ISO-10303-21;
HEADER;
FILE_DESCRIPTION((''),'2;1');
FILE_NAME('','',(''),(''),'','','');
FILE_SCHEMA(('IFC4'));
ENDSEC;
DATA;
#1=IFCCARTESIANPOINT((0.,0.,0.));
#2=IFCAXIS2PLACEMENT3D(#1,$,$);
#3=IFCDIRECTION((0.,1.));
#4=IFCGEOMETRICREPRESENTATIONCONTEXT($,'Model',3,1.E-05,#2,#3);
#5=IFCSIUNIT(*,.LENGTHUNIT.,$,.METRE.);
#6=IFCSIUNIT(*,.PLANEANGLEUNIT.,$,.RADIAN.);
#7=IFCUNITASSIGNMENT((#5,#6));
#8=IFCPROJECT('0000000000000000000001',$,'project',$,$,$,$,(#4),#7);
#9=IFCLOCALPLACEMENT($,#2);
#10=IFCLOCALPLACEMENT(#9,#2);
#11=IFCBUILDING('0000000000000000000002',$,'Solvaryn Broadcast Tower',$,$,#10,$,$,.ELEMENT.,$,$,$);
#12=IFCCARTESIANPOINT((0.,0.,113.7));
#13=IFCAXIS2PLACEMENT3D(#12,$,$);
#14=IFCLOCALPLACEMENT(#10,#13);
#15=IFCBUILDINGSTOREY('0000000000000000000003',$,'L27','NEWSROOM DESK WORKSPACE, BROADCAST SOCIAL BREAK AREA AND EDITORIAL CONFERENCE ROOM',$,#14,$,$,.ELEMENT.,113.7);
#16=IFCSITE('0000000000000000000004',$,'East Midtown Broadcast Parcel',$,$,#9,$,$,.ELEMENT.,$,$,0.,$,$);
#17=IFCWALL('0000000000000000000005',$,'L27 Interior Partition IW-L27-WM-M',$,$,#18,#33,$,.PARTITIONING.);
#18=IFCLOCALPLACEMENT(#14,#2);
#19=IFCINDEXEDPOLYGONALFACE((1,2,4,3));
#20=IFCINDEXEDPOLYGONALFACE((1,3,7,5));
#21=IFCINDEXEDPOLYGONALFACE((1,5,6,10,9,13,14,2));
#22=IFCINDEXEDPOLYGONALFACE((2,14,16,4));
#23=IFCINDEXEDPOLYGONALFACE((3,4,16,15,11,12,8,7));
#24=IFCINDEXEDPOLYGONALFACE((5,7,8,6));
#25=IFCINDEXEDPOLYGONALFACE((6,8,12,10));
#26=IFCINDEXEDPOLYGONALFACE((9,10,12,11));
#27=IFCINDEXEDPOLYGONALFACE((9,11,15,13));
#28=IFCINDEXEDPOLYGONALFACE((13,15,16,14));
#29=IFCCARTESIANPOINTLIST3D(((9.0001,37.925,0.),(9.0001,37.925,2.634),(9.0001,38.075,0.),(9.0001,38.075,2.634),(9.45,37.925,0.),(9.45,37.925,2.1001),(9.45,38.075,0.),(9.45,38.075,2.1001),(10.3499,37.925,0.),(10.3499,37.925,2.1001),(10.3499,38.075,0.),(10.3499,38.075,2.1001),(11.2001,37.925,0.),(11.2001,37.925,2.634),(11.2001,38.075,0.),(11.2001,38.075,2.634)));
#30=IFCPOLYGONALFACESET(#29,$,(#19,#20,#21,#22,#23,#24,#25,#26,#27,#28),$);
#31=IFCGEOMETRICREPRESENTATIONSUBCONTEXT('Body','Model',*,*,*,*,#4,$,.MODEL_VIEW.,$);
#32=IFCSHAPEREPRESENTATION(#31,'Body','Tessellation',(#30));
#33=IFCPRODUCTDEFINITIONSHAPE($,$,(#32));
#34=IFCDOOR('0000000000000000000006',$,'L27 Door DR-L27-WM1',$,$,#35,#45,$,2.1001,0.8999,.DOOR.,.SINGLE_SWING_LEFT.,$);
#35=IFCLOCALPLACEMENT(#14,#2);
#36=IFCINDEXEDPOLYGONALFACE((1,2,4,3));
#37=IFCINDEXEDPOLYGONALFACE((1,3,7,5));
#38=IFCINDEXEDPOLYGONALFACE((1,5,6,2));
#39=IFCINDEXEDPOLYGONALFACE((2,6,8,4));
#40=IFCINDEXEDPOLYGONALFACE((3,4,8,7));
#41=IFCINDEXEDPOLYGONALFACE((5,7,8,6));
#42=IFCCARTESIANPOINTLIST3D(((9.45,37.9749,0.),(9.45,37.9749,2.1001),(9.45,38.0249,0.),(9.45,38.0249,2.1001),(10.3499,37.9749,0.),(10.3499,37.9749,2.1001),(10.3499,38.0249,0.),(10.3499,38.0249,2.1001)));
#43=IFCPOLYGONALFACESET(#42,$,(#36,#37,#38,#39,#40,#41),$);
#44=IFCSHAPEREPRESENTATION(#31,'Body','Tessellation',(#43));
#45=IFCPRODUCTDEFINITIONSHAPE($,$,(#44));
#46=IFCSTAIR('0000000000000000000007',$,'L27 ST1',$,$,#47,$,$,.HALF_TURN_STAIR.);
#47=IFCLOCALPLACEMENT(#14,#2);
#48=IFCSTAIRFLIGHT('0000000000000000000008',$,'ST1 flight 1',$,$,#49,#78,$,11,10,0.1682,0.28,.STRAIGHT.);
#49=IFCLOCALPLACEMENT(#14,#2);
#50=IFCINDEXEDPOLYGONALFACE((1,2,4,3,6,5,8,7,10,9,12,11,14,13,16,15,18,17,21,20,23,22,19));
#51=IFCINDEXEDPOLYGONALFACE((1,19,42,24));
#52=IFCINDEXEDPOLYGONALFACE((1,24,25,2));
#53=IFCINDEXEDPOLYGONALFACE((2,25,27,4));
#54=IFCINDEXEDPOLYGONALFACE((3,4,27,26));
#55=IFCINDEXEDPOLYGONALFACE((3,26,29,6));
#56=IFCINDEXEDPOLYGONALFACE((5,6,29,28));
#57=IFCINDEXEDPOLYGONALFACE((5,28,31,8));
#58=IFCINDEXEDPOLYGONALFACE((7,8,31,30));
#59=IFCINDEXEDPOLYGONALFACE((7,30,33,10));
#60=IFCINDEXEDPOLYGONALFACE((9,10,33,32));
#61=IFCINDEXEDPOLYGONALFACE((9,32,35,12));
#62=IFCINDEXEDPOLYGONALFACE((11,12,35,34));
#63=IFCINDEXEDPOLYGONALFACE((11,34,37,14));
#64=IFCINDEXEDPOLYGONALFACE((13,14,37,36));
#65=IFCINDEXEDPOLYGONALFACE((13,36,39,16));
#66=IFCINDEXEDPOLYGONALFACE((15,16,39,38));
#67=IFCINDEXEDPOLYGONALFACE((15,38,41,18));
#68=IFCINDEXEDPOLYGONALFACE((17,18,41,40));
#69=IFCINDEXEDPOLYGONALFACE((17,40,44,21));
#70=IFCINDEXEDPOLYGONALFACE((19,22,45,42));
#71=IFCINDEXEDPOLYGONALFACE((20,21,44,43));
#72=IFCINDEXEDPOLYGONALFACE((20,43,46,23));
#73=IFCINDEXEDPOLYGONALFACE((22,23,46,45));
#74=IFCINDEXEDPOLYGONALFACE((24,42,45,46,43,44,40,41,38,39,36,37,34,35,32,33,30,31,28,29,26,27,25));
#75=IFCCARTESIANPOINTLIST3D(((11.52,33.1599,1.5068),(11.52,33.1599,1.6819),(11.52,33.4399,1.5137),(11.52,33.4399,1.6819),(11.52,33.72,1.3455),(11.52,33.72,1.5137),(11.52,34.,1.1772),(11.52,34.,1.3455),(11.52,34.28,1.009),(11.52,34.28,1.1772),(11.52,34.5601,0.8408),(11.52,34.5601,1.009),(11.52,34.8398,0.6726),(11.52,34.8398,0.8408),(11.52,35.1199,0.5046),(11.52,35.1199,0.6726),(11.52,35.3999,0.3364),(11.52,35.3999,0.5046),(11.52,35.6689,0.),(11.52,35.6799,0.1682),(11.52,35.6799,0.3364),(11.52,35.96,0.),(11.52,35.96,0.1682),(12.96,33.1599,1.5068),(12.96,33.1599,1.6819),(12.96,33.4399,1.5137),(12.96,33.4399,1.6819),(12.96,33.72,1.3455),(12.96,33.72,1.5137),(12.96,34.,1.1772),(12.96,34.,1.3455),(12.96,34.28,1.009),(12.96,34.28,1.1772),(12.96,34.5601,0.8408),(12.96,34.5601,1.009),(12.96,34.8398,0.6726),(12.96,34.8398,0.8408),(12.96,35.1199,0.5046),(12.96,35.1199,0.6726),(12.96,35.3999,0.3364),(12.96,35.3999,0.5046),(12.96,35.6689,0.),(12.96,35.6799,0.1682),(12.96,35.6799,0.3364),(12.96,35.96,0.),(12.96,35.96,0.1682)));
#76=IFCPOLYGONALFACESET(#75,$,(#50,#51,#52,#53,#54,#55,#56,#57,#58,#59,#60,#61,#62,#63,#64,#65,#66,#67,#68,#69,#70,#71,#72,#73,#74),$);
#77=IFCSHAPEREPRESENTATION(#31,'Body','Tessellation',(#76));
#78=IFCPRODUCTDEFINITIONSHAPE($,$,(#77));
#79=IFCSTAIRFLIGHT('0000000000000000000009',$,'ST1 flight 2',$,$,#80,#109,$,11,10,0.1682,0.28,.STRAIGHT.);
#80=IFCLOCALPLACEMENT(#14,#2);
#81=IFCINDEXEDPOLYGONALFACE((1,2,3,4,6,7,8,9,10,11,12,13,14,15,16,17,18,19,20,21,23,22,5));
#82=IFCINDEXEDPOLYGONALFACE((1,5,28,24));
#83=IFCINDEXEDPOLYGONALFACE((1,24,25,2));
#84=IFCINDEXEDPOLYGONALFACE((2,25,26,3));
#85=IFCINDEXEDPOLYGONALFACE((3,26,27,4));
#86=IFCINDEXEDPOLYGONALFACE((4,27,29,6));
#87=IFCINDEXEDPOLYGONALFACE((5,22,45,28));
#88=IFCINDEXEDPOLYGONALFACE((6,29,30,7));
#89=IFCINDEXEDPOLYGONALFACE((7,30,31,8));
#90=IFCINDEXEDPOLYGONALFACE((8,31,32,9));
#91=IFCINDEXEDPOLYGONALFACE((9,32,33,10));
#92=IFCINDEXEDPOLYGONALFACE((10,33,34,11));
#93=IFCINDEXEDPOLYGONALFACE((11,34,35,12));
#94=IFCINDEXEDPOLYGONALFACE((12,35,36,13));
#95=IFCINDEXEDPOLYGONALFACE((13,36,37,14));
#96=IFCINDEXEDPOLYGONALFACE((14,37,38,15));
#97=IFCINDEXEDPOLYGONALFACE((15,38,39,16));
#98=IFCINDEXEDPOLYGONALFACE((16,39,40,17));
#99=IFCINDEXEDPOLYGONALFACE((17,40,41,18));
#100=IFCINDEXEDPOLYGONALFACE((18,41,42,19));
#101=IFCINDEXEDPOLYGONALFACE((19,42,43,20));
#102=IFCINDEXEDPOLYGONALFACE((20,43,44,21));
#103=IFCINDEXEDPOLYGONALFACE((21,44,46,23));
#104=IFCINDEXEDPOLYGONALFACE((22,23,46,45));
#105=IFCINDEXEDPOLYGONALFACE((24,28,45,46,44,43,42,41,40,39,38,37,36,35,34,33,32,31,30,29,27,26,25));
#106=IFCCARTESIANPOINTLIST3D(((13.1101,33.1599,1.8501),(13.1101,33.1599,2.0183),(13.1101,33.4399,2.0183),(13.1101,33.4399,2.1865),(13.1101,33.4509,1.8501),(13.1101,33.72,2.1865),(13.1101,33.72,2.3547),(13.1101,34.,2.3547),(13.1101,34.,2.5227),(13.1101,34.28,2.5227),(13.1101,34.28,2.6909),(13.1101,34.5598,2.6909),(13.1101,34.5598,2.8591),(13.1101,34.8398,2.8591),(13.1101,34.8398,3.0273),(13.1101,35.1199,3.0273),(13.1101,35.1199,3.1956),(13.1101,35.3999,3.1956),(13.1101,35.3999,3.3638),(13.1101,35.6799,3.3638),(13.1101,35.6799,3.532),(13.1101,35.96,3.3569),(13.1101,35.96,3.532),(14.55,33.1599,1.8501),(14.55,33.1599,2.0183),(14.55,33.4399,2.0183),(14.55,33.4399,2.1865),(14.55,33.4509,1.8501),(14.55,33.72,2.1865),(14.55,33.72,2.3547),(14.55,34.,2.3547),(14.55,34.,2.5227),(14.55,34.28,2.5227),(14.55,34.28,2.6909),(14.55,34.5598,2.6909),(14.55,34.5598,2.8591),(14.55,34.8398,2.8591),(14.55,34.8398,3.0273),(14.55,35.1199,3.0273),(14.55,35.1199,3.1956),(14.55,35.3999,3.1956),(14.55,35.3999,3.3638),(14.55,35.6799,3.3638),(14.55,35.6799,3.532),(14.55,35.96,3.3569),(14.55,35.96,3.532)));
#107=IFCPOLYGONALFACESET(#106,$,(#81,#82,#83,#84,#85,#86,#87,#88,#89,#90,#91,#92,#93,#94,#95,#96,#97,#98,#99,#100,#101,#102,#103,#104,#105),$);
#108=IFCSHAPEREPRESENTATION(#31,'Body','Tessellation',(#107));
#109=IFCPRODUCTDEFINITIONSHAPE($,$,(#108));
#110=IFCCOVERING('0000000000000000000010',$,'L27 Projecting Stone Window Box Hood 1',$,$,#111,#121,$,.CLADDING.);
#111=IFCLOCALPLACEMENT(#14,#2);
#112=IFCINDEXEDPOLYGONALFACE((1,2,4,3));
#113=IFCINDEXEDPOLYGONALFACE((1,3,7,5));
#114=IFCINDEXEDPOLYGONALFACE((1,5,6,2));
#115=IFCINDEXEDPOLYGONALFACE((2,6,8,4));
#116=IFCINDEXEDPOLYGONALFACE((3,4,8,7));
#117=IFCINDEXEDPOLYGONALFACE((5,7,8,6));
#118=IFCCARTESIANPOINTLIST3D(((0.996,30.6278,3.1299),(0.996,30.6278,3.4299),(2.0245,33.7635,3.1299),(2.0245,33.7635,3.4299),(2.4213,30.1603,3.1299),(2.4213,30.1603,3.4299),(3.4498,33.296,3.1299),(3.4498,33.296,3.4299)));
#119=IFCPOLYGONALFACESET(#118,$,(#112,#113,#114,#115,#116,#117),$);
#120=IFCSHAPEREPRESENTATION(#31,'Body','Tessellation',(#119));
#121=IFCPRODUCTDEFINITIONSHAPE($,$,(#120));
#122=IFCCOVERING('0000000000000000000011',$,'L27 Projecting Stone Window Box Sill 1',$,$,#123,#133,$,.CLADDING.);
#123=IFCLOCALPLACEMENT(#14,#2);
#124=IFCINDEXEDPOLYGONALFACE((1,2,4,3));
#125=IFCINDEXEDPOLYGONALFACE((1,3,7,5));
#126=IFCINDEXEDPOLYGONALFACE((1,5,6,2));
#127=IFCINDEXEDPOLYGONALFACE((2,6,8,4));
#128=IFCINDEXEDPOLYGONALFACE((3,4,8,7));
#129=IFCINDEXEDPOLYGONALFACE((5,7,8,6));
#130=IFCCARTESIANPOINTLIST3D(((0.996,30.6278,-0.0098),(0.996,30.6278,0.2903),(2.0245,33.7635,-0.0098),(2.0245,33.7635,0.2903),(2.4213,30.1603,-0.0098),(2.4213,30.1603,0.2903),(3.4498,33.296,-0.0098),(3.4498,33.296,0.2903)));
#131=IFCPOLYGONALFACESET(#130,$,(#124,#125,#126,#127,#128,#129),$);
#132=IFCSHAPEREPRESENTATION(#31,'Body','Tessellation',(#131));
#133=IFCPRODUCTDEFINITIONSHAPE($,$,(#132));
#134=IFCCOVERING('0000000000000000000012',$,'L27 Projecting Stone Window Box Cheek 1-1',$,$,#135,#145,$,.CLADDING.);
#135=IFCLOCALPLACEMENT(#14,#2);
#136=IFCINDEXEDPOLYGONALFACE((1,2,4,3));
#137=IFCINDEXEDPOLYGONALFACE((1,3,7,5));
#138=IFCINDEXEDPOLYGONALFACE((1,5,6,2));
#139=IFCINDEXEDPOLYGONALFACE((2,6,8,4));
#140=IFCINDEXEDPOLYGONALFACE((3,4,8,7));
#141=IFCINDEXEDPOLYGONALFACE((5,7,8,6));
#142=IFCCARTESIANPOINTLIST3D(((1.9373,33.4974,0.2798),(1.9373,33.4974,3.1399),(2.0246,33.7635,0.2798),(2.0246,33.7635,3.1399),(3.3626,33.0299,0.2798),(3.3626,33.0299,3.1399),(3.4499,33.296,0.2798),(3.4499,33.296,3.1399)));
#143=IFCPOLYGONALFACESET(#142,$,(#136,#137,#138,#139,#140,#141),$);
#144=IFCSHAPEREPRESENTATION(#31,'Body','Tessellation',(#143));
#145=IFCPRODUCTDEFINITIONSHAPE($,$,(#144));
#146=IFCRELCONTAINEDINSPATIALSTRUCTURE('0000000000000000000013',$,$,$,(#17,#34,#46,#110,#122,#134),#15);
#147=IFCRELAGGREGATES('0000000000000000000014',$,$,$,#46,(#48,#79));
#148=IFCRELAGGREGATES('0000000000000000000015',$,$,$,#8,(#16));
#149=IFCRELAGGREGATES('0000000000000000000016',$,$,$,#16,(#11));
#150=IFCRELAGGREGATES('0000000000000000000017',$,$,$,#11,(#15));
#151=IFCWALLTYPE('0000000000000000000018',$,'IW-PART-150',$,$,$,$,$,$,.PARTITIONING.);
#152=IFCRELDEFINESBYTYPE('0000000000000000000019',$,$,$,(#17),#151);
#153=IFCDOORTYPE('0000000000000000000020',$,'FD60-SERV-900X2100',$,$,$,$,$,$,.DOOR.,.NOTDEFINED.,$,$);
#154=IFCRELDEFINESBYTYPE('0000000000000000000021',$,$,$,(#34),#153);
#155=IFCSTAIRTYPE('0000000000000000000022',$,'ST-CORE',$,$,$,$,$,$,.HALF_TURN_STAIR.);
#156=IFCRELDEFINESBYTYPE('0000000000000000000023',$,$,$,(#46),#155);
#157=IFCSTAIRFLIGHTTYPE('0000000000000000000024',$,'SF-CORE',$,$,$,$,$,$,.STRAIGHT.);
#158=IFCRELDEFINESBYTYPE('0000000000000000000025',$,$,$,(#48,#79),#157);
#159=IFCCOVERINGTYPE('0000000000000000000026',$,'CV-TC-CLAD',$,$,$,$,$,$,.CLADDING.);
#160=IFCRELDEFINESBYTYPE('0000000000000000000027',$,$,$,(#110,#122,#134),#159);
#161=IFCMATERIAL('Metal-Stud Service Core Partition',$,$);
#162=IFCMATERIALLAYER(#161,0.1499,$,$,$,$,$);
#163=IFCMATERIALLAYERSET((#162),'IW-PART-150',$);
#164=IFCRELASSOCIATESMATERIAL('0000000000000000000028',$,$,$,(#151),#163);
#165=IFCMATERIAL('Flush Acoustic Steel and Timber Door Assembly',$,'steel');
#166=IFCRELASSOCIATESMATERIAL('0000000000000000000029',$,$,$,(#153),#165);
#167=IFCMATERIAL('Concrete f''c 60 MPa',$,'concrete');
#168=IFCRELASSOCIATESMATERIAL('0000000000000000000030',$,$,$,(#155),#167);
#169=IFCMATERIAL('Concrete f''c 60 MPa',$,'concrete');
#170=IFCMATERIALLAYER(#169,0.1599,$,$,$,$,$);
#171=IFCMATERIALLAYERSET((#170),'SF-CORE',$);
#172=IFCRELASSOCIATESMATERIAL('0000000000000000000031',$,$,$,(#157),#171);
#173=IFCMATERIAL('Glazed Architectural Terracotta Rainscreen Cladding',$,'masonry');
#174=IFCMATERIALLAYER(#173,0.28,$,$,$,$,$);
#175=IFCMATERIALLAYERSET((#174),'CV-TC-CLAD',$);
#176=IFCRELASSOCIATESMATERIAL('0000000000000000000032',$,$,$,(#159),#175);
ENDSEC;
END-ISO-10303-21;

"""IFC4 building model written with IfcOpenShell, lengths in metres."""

from ifc_helpers import new_model, si_unit, direction, frame, frame_2d, origin, origin_2d, place, context, subcontext, project, spatial, polyline, rectangle, outline, extrude, material, layer, layer_set, type_object, element, fill, aggregate, save


model = new_model("IFC4")

# Units and contexts
model_context = context("Model", 3, precision=1e-05, world=origin(), true_north=direction((0.0, 1.0)))
body_context = subcontext(model_context, "Body", "Model", "MODEL_VIEW")
ifc_project = project(units=[si_unit("LENGTHUNIT", "METRE"), si_unit("PLANEANGLEUNIT", "RADIAN")], contexts=[model_context])

# Site, building, storey
site_placement = place(None, origin())
site = spatial("IfcSite", under=ifc_project, at=site_placement, Name="East Midtown Broadcast Parcel", CompositionType="ELEMENT", RefElevation=0.0)
building_placement = place(site_placement, origin())
building = spatial("IfcBuilding", under=site, at=building_placement, Name="Solvaryn Broadcast Tower", CompositionType="ELEMENT")
storey_placement = place(building_placement, frame((0.0, 0.0, 113.7)))
storey = spatial("IfcBuildingStorey", under=building, at=storey_placement, Name="L27", Description="NEWSROOM DESK WORKSPACE, BROADCAST SOCIAL BREAK AREA AND EDITORIAL CONFERENCE ROOM", CompositionType="ELEMENT", Elevation=113.7)

# Wall, opening, door
ifc_material_1 = material(Name="Metal-Stud Service Core Partition")
ifc_layer_1 = layer(ifc_material_1, 0.1499)
ifc_layer_set_1 = layer_set([ifc_layer_1], Name="IW-PART-150")
wall_type = type_object("IfcWallType", Name="IW-PART-150", PredefinedType="PARTITIONING", material=ifc_layer_set_1)
wall_placement = place(storey_placement, frame((9.0, 38.0, 0.0), z_axis=(0.0, 0.0, 1.0), x_axis=(1.0, 0.0, 0.0)))
wall = element("IfcWall", 1, at=wall_placement, inside=storey, type_object=wall_type, Name="L27 Interior Partition IW-L27-WM-M", PredefinedType="PARTITIONING", context=body_context, shape_type="SweptSolid", body=[
    extrude(rectangle(XDim=2.2, YDim=0.1499, at=frame_2d((1.1001, 0.0))), origin(), (0.0, 0.0, 1.0), 2.634),
])
opening_placement = place(wall_placement, frame((0.45, 0.0, 0.0)))
opening = element("IfcOpeningElement", 2, at=opening_placement, cuts=wall, PredefinedType="OPENING", context=body_context, shape_type="SweptSolid", body=[
    extrude(rectangle(XDim=0.8999, YDim=2.1001, at=frame_2d((0.45, 1.05))), frame((0.0, 0.085, 0.0), z_axis=(0.0, -1.0, 0.0), x_axis=(1.0, 0.0, 0.0)), (0.0, 0.0, 1.0), 0.1699),
])
ifc_material_2 = material(Name="Flush Acoustic Steel and Timber Door Assembly", Category="steel")
door_type = type_object("IfcDoorType", Name="FD60-SERV-900X2100", OperationType="NOTDEFINED", PredefinedType="DOOR", material=ifc_material_2)
door_placement = place(opening_placement, origin())
door = element("IfcDoor", 3, at=door_placement, inside=storey, type_object=door_type, Name="L27 Door DR-L27-WM1", OperationType="SINGLE_SWING_LEFT", OverallHeight=2.1001, OverallWidth=0.8999, PredefinedType="DOOR", context=body_context, shape_type="SweptSolid", body=[
    extrude(rectangle(XDim=0.8999, YDim=2.1001, at=frame_2d((0.45, 1.05))), frame((0.0, 0.0249, 0.0), z_axis=(0.0, -1.0, 0.0), x_axis=(1.0, 0.0, 0.0)), (0.0, 0.0, 1.0), 0.05),
])
fill(opening, door)

# Stair, stair flights
ifc_material_3 = material(Name="Concrete f'c 60 MPa", Category="concrete")
stair_type = type_object("IfcStairType", Name="ST-CORE", PredefinedType="HALF_TURN_STAIR", material=ifc_material_3)
stair_placement = place(storey_placement, origin())
stair = element("IfcStair", 4, at=stair_placement, inside=storey, type_object=stair_type, Name="L27 ST1", PredefinedType="HALF_TURN_STAIR")
ifc_material_4 = material(Name="Concrete f'c 60 MPa", Category="concrete")
ifc_layer_2 = layer(ifc_material_4, 0.1599)
ifc_layer_set_2 = layer_set([ifc_layer_2], Name="SF-CORE")
stair_flight_type = type_object("IfcStairFlightType", Name="SF-CORE", PredefinedType="STRAIGHT", material=ifc_layer_set_2)
stair_flight_1_placement = place(storey_placement, frame((12.24, 35.96, 0.0), z_axis=(0.0, 0.0, 1.0), x_axis=(0.0, -1.0, 0.0)))
stair_flight_1 = element("IfcStairFlight", 5, at=stair_flight_1_placement, type_object=stair_flight_type, Name="ST1 flight 1", NumberOfRisers=11, NumberOfTreads=10, PredefinedType="STRAIGHT", RiserHeight=0.1682, TreadLength=0.28, context=body_context, shape_type="SweptSolid", body=[
    extrude(outline(polyline([(0.0, 0.0), (0.0, 0.1682), (0.28, 0.1682), (0.28, 0.3364), (0.5601, 0.3364), (0.5601, 0.5046), (0.8401, 0.5046), (0.8401, 0.6726), (1.1201, 0.6726), (1.1201, 0.8408), (1.3999, 0.8408), (1.3999, 1.009), (1.6799, 1.009), (1.6799, 1.1772), (1.96, 1.1772), (1.96, 1.3455), (2.24, 1.3455), (2.24, 1.5137), (2.52, 1.5137), (2.52, 1.6819), (2.8, 1.6819), (2.8, 1.8501), (2.8, 1.5068), (0.291, 0.0), (0.0, 0.0)])), frame((0.0, 0.72, 0.0), z_axis=(0.0, -1.0, 0.0), x_axis=(1.0, 0.0, 0.0)), (0.0, 0.0, 1.0), 1.4399),
])
stair_flight_2_placement = place(storey_placement, frame((13.8301, 33.1599, 1.8501), z_axis=(0.0, 0.0, 1.0), x_axis=(0.0, 1.0, 0.0)))
stair_flight_2 = element("IfcStairFlight", 6, at=stair_flight_2_placement, type_object=stair_flight_type, Name="ST1 flight 2", NumberOfRisers=11, NumberOfTreads=10, PredefinedType="STRAIGHT", RiserHeight=0.1682, TreadLength=0.28, context=body_context, shape_type="SweptSolid", body=[
    extrude(outline(polyline([(0.0, 0.0), (0.0, 0.1682), (0.28, 0.1682), (0.28, 0.3364), (0.5601, 0.3364), (0.5601, 0.5046), (0.8401, 0.5046), (0.8401, 0.6726), (1.1201, 0.6726), (1.1201, 0.8408), (1.3999, 0.8408), (1.3999, 1.009), (1.6799, 1.009), (1.6799, 1.1772), (1.96, 1.1772), (1.96, 1.3455), (2.24, 1.3455), (2.24, 1.5137), (2.52, 1.5137), (2.52, 1.6819), (2.8, 1.6819), (2.8, 1.8501), (2.8, 1.5068), (0.291, 0.0), (0.0, 0.0)])), frame((0.0, 0.72, 0.0), z_axis=(0.0, -1.0, 0.0), x_axis=(1.0, 0.0, 0.0)), (0.0, 0.0, 1.0), 1.4399),
])
aggregate(stair, [stair_flight_1, stair_flight_2])

# Coverings
ifc_material_5 = material(Name="Glazed Architectural Terracotta Rainscreen Cladding", Category="masonry")
ifc_layer_3 = layer(ifc_material_5, 0.28)
ifc_layer_set_3 = layer_set([ifc_layer_3], Name="CV-TC-CLAD")
covering_type = type_object("IfcCoveringType", Name="CV-TC-CLAD", PredefinedType="CLADDING", material=ifc_layer_set_3)
for number, where, z_axis, x_axis, name in (
    (7, (2.2229, 31.9619, 3.1299), (0.0, 0.0, 1.0), (-0.311672, -0.95019, 0.0), "L27 Projecting Stone Window Box Hood 1"),
    (8, (2.2229, 31.9619, -0.0098), (0.0, 0.0, 1.0), (-0.311672, -0.95019, 0.0), "L27 Projecting Stone Window Box Sill 1"),
):
    element("IfcCovering", number, at=place(storey_placement, frame(where, z_axis=z_axis, x_axis=x_axis)), inside=storey, type_object=covering_type, Name=name, PredefinedType="CLADDING", context=body_context, shape_type="SweptSolid", body=[
        extrude(rectangle(XDim=3.3, YDim=1.5, at=origin_2d()), origin(), (0.0, 0.0, 1.0), 0.3),
    ])
covering_placement = place(storey_placement, frame((2.6936, 33.3967, 0.2798), z_axis=(0.0, 0.0, 1.0), x_axis=(-0.311672, -0.95019, 0.0)))
element("IfcCovering", 9, at=covering_placement, inside=storey, type_object=covering_type, Name="L27 Projecting Stone Window Box Cheek 1-1", PredefinedType="CLADDING", context=body_context, shape_type="SweptSolid", body=[
    extrude(rectangle(XDim=0.28, YDim=1.5, at=origin_2d()), origin(), (0.0, 0.0, 1.0), 2.8601),
])

save(model, "model.ifc")
